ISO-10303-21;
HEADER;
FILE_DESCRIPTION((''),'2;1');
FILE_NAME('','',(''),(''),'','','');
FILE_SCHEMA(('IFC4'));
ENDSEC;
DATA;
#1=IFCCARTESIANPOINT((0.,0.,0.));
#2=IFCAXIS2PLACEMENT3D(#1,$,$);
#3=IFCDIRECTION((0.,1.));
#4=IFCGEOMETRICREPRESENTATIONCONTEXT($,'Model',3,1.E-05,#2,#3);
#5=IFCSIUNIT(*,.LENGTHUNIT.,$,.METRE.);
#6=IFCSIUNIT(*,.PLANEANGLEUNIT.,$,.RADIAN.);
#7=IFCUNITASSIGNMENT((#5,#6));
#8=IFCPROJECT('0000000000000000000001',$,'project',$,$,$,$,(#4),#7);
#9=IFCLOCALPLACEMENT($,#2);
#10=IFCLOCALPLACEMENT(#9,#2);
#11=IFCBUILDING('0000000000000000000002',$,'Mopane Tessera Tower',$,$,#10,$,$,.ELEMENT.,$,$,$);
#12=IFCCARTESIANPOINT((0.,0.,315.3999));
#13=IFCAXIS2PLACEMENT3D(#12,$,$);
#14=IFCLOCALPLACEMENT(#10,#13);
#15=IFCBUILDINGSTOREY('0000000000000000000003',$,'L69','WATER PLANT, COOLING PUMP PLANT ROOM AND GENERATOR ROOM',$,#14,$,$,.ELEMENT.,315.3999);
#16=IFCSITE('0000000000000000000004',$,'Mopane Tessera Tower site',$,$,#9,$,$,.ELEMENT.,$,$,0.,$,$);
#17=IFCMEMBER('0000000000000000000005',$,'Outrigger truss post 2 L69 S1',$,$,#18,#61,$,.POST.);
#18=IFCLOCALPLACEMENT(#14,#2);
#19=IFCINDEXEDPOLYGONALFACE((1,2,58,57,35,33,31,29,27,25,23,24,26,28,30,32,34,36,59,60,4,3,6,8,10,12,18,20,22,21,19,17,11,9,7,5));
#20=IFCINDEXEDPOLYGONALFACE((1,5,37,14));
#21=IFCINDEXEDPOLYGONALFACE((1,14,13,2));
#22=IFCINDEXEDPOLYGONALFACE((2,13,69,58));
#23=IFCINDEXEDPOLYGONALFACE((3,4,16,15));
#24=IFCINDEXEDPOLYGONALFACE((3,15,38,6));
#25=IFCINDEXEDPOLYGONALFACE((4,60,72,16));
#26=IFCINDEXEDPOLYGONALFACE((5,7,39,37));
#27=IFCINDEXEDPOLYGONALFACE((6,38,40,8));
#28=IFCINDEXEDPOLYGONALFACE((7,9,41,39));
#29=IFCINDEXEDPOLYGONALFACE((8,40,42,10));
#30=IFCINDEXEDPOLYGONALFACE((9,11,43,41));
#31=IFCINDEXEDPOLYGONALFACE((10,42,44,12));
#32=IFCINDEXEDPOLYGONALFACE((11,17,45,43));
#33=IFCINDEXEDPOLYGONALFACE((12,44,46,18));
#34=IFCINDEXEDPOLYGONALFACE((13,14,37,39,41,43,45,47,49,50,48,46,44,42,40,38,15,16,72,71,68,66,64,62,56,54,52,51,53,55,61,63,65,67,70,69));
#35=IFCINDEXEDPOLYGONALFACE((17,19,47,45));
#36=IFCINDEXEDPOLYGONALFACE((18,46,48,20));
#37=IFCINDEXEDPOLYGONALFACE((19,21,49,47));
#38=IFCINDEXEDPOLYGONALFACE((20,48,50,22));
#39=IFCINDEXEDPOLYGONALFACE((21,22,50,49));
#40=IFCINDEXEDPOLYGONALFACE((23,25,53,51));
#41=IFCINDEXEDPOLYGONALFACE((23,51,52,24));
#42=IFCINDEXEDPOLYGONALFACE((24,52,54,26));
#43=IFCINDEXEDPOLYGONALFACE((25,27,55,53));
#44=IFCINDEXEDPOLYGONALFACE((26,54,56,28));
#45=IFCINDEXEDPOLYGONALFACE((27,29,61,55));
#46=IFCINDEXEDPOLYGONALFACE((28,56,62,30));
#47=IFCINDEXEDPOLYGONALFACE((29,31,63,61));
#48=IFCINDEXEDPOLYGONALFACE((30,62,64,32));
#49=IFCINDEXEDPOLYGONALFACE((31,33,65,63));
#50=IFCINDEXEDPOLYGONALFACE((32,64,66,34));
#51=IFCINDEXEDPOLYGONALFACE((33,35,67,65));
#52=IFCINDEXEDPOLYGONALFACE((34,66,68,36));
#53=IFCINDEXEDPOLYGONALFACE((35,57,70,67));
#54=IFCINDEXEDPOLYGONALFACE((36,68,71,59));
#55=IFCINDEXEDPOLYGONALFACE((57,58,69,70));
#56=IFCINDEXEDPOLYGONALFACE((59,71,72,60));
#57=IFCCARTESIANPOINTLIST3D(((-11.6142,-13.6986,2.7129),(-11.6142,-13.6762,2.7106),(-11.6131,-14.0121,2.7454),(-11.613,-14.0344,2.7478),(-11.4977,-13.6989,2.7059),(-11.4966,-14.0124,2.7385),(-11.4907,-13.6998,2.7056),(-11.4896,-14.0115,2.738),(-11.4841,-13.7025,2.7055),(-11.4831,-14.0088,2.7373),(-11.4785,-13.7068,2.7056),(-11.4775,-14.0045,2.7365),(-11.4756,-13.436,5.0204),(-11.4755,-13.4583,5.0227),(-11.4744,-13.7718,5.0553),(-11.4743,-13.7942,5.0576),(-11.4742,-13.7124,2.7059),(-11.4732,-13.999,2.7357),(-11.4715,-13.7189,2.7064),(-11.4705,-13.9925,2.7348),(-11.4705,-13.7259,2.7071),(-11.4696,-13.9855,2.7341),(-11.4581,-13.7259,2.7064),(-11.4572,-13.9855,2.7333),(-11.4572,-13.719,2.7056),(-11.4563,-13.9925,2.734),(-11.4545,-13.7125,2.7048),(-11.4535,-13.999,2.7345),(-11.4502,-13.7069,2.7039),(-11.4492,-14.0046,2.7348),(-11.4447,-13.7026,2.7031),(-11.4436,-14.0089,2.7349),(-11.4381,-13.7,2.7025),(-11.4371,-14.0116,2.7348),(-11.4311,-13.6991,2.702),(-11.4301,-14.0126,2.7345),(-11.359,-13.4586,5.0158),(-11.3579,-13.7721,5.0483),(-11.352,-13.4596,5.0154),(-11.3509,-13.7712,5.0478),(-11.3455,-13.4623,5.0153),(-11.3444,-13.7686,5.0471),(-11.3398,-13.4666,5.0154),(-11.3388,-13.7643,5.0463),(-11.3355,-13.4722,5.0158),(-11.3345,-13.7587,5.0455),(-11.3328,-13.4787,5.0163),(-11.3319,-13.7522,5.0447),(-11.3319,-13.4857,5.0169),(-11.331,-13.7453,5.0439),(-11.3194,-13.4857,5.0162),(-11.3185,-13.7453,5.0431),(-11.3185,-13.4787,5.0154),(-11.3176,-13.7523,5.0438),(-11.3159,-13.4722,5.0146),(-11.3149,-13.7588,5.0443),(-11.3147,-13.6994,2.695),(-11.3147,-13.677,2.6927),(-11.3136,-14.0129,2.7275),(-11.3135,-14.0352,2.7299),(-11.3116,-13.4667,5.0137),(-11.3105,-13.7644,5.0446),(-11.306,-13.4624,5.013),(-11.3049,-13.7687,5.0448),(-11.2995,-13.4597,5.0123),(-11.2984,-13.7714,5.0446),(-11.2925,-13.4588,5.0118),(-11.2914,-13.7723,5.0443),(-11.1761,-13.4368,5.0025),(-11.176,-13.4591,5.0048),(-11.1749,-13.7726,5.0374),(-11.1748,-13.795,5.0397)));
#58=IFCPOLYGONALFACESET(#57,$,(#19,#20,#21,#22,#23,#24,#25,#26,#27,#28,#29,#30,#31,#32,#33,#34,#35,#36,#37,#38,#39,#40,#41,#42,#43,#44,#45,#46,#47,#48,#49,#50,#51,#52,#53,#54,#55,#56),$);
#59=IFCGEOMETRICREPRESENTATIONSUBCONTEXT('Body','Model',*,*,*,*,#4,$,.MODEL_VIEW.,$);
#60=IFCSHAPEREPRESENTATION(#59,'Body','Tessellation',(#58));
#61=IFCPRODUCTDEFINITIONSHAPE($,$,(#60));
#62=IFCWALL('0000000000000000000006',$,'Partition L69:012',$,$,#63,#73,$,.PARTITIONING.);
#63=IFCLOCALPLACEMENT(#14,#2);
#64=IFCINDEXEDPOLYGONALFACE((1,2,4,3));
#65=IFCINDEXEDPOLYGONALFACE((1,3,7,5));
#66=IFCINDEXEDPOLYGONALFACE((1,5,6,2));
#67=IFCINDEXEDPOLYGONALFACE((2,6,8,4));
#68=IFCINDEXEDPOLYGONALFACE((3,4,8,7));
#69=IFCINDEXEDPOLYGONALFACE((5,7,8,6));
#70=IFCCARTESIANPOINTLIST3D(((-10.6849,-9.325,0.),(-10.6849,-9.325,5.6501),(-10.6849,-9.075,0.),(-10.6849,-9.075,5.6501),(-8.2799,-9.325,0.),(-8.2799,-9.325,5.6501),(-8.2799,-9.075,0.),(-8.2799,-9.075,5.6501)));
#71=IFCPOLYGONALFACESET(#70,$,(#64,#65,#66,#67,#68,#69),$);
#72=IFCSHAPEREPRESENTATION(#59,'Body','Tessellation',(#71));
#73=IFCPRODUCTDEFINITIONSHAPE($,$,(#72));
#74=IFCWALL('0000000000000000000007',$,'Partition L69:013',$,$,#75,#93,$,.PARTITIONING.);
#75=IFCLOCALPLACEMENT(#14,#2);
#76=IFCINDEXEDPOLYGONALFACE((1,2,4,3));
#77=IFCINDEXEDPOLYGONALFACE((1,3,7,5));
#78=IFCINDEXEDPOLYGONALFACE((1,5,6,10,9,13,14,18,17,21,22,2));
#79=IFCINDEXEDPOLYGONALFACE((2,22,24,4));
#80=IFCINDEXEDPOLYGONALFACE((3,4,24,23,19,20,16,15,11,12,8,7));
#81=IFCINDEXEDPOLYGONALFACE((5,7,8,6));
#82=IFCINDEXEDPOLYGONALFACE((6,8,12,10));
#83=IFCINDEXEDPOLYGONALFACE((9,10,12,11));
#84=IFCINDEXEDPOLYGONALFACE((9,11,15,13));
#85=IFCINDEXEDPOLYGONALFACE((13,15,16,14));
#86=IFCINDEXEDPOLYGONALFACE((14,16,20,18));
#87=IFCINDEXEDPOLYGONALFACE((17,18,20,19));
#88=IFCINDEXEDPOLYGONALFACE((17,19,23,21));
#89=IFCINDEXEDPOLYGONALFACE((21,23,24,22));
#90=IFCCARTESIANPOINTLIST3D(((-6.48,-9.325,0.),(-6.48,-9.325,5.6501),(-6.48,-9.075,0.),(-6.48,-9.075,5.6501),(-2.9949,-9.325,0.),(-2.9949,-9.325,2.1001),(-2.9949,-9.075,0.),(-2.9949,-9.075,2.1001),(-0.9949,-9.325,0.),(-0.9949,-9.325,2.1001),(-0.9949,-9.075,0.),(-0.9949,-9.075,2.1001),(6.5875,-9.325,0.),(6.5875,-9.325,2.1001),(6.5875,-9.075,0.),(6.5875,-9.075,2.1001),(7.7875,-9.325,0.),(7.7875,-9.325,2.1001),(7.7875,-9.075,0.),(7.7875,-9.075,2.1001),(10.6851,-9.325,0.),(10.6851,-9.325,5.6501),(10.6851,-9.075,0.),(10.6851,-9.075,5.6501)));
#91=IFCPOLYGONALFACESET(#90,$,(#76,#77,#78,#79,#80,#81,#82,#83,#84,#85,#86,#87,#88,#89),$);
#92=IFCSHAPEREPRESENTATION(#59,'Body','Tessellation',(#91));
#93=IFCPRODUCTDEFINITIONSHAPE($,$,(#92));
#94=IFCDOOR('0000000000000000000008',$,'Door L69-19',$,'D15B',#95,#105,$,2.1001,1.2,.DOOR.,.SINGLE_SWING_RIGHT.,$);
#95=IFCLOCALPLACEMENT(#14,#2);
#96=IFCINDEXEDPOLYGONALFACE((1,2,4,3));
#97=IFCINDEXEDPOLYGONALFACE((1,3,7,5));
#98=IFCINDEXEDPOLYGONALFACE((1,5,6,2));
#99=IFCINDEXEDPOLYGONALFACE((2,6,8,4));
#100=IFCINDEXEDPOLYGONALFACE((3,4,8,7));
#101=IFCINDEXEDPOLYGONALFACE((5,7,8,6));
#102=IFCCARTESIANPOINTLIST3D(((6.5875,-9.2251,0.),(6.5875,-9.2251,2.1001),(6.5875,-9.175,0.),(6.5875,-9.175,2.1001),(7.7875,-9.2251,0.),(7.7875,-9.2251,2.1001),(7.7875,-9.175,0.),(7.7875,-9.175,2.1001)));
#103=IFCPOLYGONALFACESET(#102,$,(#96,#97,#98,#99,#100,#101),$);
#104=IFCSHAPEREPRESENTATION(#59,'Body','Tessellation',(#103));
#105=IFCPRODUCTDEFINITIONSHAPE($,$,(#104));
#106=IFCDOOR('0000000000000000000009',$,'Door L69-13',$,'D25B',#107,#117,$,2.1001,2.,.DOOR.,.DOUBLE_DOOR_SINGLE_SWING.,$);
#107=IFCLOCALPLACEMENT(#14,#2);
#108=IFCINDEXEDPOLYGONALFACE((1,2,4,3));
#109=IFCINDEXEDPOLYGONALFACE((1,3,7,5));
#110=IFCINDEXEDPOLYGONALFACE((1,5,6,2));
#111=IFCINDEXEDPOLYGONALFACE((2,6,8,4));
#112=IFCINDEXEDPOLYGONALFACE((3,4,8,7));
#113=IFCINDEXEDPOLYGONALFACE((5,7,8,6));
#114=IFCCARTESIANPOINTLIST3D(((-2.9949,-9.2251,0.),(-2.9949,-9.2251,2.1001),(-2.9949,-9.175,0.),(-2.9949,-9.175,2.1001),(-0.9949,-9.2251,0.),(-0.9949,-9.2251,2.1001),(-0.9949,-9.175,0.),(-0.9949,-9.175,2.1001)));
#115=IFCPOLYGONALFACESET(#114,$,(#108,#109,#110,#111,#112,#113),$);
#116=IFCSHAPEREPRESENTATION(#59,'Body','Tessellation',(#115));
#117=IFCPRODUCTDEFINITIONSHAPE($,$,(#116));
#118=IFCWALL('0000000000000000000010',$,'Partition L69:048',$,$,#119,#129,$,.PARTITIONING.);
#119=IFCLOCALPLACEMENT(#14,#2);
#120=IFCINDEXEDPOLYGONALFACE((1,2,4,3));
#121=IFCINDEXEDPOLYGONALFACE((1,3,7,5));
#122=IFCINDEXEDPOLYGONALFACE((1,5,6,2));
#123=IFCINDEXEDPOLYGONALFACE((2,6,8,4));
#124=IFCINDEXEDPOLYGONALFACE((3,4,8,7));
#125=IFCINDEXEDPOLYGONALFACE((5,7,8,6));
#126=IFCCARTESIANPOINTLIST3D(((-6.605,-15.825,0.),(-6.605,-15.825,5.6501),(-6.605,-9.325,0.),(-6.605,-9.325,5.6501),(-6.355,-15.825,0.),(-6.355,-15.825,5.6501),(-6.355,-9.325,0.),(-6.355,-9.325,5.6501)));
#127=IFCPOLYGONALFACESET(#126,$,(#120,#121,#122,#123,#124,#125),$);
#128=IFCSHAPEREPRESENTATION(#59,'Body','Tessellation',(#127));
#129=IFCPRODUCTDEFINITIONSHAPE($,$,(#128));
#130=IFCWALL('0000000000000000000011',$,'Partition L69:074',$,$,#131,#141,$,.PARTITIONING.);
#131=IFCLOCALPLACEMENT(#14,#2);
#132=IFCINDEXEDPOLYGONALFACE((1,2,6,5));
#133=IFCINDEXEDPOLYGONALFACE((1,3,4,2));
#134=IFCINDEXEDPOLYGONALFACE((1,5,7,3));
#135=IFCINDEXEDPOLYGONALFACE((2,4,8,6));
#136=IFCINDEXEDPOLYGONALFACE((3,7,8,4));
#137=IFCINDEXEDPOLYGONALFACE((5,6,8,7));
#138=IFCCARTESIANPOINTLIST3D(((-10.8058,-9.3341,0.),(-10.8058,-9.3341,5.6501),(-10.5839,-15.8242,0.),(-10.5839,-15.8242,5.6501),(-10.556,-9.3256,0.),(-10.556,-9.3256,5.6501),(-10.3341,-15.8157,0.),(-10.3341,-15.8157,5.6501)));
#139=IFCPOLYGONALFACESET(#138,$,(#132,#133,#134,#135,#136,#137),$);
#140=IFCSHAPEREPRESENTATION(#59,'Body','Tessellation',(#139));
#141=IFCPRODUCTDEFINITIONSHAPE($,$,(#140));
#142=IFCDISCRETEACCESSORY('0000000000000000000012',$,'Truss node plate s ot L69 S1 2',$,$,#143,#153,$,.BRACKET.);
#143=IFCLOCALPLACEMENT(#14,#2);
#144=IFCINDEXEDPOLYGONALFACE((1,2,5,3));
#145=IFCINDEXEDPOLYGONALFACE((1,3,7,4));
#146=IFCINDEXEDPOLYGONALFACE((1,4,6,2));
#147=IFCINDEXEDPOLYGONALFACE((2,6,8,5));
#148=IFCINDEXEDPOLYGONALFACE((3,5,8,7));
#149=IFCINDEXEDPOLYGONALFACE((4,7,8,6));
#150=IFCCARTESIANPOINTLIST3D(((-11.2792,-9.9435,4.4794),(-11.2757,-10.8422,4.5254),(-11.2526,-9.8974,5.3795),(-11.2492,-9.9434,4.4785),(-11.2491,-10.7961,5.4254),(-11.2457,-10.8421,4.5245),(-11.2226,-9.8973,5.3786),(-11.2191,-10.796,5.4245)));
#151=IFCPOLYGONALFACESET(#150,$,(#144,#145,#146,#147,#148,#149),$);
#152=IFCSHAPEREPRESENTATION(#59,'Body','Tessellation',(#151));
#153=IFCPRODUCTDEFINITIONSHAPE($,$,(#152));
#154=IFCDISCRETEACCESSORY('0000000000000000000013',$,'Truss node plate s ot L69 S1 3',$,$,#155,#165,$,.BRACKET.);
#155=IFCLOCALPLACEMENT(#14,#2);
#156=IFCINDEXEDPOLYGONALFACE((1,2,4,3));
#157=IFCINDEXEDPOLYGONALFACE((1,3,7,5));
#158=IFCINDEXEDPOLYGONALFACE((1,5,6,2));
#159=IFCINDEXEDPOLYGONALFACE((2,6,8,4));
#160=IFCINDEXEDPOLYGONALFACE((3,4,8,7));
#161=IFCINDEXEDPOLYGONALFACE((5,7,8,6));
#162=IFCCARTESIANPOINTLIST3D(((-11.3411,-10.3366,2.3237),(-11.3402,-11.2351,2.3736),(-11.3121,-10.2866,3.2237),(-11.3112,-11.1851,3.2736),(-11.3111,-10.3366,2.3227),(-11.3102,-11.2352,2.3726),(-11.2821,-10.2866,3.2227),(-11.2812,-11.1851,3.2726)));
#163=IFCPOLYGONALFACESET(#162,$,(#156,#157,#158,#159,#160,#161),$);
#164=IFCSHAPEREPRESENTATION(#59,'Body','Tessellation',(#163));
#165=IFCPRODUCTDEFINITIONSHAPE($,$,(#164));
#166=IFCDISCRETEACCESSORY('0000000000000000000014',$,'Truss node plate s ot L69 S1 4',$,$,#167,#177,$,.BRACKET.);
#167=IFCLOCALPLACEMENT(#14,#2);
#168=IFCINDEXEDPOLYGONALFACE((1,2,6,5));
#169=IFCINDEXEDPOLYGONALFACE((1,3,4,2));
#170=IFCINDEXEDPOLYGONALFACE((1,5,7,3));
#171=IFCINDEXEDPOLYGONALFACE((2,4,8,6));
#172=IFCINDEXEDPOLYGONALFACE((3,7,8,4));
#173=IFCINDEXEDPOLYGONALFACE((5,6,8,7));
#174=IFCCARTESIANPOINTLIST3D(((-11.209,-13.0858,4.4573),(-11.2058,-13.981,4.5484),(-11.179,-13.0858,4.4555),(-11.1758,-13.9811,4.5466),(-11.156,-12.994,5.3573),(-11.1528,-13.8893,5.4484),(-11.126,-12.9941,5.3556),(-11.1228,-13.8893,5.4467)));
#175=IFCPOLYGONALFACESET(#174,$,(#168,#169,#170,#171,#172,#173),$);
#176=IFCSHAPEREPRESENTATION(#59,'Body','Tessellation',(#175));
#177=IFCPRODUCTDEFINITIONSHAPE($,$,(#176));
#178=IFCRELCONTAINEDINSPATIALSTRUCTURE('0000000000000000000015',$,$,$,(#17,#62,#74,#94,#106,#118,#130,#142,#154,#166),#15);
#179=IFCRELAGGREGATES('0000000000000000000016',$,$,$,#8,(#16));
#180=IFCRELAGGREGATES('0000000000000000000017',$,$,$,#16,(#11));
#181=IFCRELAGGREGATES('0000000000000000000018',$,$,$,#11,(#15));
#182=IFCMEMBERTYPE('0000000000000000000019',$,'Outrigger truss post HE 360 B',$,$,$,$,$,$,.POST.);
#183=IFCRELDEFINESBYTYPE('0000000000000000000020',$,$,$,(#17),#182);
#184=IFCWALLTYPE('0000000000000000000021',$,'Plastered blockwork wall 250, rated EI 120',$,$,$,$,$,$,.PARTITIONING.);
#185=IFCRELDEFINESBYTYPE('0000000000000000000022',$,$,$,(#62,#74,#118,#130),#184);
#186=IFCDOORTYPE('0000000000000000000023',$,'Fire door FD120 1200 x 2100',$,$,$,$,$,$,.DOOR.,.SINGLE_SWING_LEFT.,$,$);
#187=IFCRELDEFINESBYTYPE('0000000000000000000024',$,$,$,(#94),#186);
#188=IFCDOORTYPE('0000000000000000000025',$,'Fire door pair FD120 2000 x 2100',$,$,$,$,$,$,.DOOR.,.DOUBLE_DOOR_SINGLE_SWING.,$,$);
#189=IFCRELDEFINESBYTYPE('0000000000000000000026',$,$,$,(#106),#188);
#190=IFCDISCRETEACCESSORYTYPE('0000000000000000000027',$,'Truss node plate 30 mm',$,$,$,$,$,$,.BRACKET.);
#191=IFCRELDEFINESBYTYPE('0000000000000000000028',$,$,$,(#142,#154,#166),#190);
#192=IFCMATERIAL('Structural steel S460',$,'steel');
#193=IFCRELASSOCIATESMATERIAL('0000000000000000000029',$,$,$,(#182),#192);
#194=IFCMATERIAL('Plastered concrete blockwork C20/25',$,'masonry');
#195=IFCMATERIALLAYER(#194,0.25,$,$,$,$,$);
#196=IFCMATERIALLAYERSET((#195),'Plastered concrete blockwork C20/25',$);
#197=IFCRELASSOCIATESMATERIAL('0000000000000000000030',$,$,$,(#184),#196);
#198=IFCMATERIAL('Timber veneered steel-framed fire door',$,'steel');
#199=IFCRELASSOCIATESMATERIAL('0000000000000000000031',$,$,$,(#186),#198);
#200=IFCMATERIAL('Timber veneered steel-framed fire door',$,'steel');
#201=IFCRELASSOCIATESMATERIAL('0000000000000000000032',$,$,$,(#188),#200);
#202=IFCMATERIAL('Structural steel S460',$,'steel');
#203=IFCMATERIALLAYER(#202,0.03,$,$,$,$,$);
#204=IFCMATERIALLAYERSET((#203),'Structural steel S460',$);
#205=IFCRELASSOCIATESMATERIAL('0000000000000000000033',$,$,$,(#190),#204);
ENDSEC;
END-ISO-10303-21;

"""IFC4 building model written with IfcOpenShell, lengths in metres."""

from ifc_helpers import new_model, si_unit, direction, frame, frame_2d, origin, origin_2d, place, context, subcontext, project, spatial, rectangle, i_section, extrude, material, layer, layer_set, material_profile, profile_set, type_object, element, fill, save


model = new_model("IFC4")

# Units and contexts
model_context = context("Model", 3, precision=1e-05, world=origin(), true_north=direction((0.0, 1.0)))
body_context = subcontext(model_context, "Body", "Model", "MODEL_VIEW")
ifc_project = project(units=[si_unit("LENGTHUNIT", "METRE"), si_unit("PLANEANGLEUNIT", "RADIAN")], contexts=[model_context])

# Site, building, storey
site_placement = place(None, origin())
site = spatial("IfcSite", under=ifc_project, at=site_placement, Name="Mopane Tessera Tower site", CompositionType="ELEMENT", RefElevation=0.0)
building_placement = place(site_placement, origin())
building = spatial("IfcBuilding", under=site, at=building_placement, Name="Mopane Tessera Tower", CompositionType="ELEMENT")
storey_placement = place(building_placement, frame((0.0, 0.0, 315.3999)))
storey = spatial("IfcBuildingStorey", under=building, at=storey_placement, Name="L69", Description="WATER PLANT, COOLING PUMP PLANT ROOM AND GENERATOR ROOM", CompositionType="ELEMENT", Elevation=315.3999)

# Member
ifc_material_1 = material(Name="Structural steel S460", Category="steel")
ifc_material_profile_1 = material_profile(ifc_material_1, i_section(OverallWidth=0.3, OverallDepth=0.3601, WebThickness=0.0125, FlangeThickness=0.0225, FilletRadius=0.0271, at=origin_2d()))
ifc_profile_set_1 = profile_set([ifc_material_profile_1], Name="Structural steel S460")
member_type_1 = type_object("IfcMemberType", Name="Outrigger truss post HE 360 B", PredefinedType="POST", material=ifc_profile_set_1)
member_1_placement = place(storey_placement, frame((-11.4639, -13.8557, 2.7202), z_axis=(0.059608, 0.103264, 0.992866), x_axis=(0.998216, -0.002747, -0.059643)))
element("IfcMember", 1, at=member_1_placement, inside=storey, type_object=member_type_1, Name="Outrigger truss post 2 L69 S1", PredefinedType="POST", context=body_context, shape_type="SweptSolid", body=[
    extrude(i_section(OverallWidth=0.3, OverallDepth=0.3601, WebThickness=0.0125, FlangeThickness=0.0225, FilletRadius=0.0271, at=origin_2d()), origin(), (0.0, 0.0, 1.0), 2.3264),
])

# Wall
ifc_material_2 = material(Name="Plastered concrete blockwork C20/25", Category="masonry")
ifc_layer_1 = layer(ifc_material_2, 0.25)
ifc_layer_set_1 = layer_set([ifc_layer_1], Name="Plastered concrete blockwork C20/25")
wall_type = type_object("IfcWallType", Name="Plastered blockwork wall 250, rated EI 120", PredefinedType="PARTITIONING", material=ifc_layer_set_1)
wall_1_placement = place(storey_placement, frame((-10.6851, -9.2, 0.0), z_axis=(0.0, 0.0, 1.0), x_axis=(1.0, 0.0, 0.0)))
element("IfcWall", 2, at=wall_1_placement, inside=storey, type_object=wall_type, Name="Partition L69:012", PredefinedType="PARTITIONING", context=body_context, shape_type="SweptSolid", body=[
    extrude(rectangle(XDim=2.405, YDim=0.25, at=frame_2d((1.2026, 0.0))), origin(), (0.0, 0.0, 1.0), 5.6501),
])

# Wall, openings, doors
wall_2_placement = place(storey_placement, frame((-6.48, -9.2, 0.0), z_axis=(0.0, 0.0, 1.0), x_axis=(1.0, 0.0, 0.0)))
wall_2 = element("IfcWall", 3, at=wall_2_placement, inside=storey, type_object=wall_type, Name="Partition L69:013", PredefinedType="PARTITIONING", context=body_context, shape_type="SweptSolid", body=[
    extrude(rectangle(XDim=17.165, YDim=0.25, at=frame_2d((8.5825, 0.0))), origin(), (0.0, 0.0, 1.0), 5.6501),
])
opening_1_placement = place(wall_2_placement, frame((3.4851, 0.0, 0.0)))
opening_1 = element("IfcOpeningElement", 4, at=opening_1_placement, cuts=wall_2, PredefinedType="OPENING", context=body_context, shape_type="SweptSolid", body=[
    extrude(rectangle(XDim=2.0, YDim=2.1001, at=frame_2d((1.0, 1.05))), frame((0.0, 0.137, 0.0), z_axis=(0.0, -1.0, 0.0), x_axis=(1.0, 0.0, 0.0)), (0.0, 0.0, 1.0), 0.2739),
])
opening_2_placement = place(wall_2_placement, frame((13.0674, 0.0, 0.0)))
opening_2 = element("IfcOpeningElement", 5, at=opening_2_placement, cuts=wall_2, PredefinedType="OPENING", context=body_context, shape_type="SweptSolid", body=[
    extrude(rectangle(XDim=1.2, YDim=2.1001, at=frame_2d((0.6001, 1.05))), frame((0.0, 0.137, 0.0), z_axis=(0.0, -1.0, 0.0), x_axis=(1.0, 0.0, 0.0)), (0.0, 0.0, 1.0), 0.2739),
])
ifc_material_3 = material(Name="Timber veneered steel-framed fire door", Category="steel")
door_type_1 = type_object("IfcDoorType", Name="Fire door FD120 1200 x 2100", OperationType="SINGLE_SWING_LEFT", PredefinedType="DOOR", material=ifc_material_3)
door_1_placement = place(opening_2_placement, origin())
door_1 = element("IfcDoor", 6, at=door_1_placement, inside=storey, type_object=door_type_1, Name="Door L69-19", ObjectType="D15B", OperationType="SINGLE_SWING_RIGHT", OverallHeight=2.1001, OverallWidth=1.2, PredefinedType="DOOR", context=body_context, shape_type="SweptSolid", body=[
    extrude(rectangle(XDim=1.2, YDim=2.1001, at=frame_2d((0.6001, 1.05))), frame((0.0, 0.0249, 0.0), z_axis=(0.0, -1.0, 0.0), x_axis=(1.0, 0.0, 0.0)), (0.0, 0.0, 1.0), 0.05),
])
fill(opening_2, door_1)
ifc_material_4 = material(Name="Timber veneered steel-framed fire door", Category="steel")
door_type_2 = type_object("IfcDoorType", Name="Fire door pair FD120 2000 x 2100", OperationType="DOUBLE_DOOR_SINGLE_SWING", PredefinedType="DOOR", material=ifc_material_4)
door_2_placement = place(opening_1_placement, origin())
door_2 = element("IfcDoor", 7, at=door_2_placement, inside=storey, type_object=door_type_2, Name="Door L69-13", ObjectType="D25B", OperationType="DOUBLE_DOOR_SINGLE_SWING", OverallHeight=2.1001, OverallWidth=2.0, PredefinedType="DOOR", context=body_context, shape_type="SweptSolid", body=[
    extrude(rectangle(XDim=2.0, YDim=2.1001, at=frame_2d((1.0, 1.05))), frame((0.0, 0.0249, 0.0), z_axis=(0.0, -1.0, 0.0), x_axis=(1.0, 0.0, 0.0)), (0.0, 0.0, 1.0), 0.05),
])
fill(opening_1, door_2)

# Walls
wall_3_placement = place(storey_placement, frame((-6.48, -15.825, 0.0), z_axis=(0.0, 0.0, 1.0), x_axis=(0.0, 1.0, 0.0)))
element("IfcWall", 8, at=wall_3_placement, inside=storey, type_object=wall_type, Name="Partition L69:048", PredefinedType="PARTITIONING", context=body_context, shape_type="SweptSolid", body=[
    extrude(rectangle(XDim=6.5, YDim=0.25, at=frame_2d((3.25, 0.0))), origin(), (0.0, 0.0, 1.0), 5.6501),
])
wall_4_placement = place(storey_placement, frame((-10.459, -15.8201, 0.0), z_axis=(0.0, 0.0, 1.0), x_axis=(-0.034175, 0.999416, 0.0)))
element("IfcWall", 9, at=wall_4_placement, inside=storey, type_object=wall_type, Name="Partition L69:074", PredefinedType="PARTITIONING", context=body_context, shape_type="SweptSolid", body=[
    extrude(rectangle(XDim=6.4939, YDim=0.25, at=frame_2d((3.2471, 0.0))), origin(), (0.0, 0.0, 1.0), 5.6501),
])

# Discrete accessories
ifc_material_5 = material(Name="Structural steel S460", Category="steel")
ifc_layer_2 = layer(ifc_material_5, 0.03)
ifc_layer_set_2 = layer_set([ifc_layer_2], Name="Structural steel S460")
discrete_accessory_type = type_object("IfcDiscreteAccessoryType", Name="Truss node plate 30 mm", PredefinedType="BRACKET", material=ifc_layer_set_2)
discrete_accessory_1_placement = place(storey_placement, frame((-11.2625, -10.3928, 4.502), z_axis=(0.029512, 0.051172, 0.998254), x_axis=(0.999557, 0.002315, -0.029669)))
element("IfcDiscreteAccessory", 10, at=discrete_accessory_1_placement, inside=storey, type_object=discrete_accessory_type, Name="Truss node plate s ot L69 S1 2", PredefinedType="BRACKET", context=body_context, shape_type="SweptSolid", body=[
    extrude(rectangle(XDim=0.03, YDim=0.8999, at=origin_2d()), origin(), (0.0, 0.0, 1.0), 0.9016),
])
discrete_accessory_2_placement = place(storey_placement, frame((-11.3257, -10.7859, 2.3481), z_axis=(0.032218, 0.055501, 0.997939), x_axis=(0.99948, -0.000779, -0.032224)))
element("IfcDiscreteAccessory", 11, at=discrete_accessory_2_placement, inside=storey, type_object=discrete_accessory_type, Name="Truss node plate s ot L69 S1 3", PredefinedType="BRACKET", context=body_context, shape_type="SweptSolid", body=[
    extrude(rectangle(XDim=0.03, YDim=0.8999, at=origin_2d()), origin(), (0.0, 0.0, 1.0), 0.9019),
])
discrete_accessory_3_placement = place(storey_placement, frame((-11.1924, -13.5334, 4.502), z_axis=(0.058452, 0.10128, 0.993139), x_axis=(0.998284, -0.00242, -0.058508)))
element("IfcDiscreteAccessory", 12, at=discrete_accessory_3_placement, inside=storey, type_object=discrete_accessory_type, Name="Truss node plate s ot L69 S1 4", PredefinedType="BRACKET", context=body_context, shape_type="SweptSolid", body=[
    extrude(rectangle(XDim=0.03, YDim=0.8999, at=origin_2d()), origin(), (0.0, 0.0, 1.0), 0.9062),
])

save(model, "model.ifc")
